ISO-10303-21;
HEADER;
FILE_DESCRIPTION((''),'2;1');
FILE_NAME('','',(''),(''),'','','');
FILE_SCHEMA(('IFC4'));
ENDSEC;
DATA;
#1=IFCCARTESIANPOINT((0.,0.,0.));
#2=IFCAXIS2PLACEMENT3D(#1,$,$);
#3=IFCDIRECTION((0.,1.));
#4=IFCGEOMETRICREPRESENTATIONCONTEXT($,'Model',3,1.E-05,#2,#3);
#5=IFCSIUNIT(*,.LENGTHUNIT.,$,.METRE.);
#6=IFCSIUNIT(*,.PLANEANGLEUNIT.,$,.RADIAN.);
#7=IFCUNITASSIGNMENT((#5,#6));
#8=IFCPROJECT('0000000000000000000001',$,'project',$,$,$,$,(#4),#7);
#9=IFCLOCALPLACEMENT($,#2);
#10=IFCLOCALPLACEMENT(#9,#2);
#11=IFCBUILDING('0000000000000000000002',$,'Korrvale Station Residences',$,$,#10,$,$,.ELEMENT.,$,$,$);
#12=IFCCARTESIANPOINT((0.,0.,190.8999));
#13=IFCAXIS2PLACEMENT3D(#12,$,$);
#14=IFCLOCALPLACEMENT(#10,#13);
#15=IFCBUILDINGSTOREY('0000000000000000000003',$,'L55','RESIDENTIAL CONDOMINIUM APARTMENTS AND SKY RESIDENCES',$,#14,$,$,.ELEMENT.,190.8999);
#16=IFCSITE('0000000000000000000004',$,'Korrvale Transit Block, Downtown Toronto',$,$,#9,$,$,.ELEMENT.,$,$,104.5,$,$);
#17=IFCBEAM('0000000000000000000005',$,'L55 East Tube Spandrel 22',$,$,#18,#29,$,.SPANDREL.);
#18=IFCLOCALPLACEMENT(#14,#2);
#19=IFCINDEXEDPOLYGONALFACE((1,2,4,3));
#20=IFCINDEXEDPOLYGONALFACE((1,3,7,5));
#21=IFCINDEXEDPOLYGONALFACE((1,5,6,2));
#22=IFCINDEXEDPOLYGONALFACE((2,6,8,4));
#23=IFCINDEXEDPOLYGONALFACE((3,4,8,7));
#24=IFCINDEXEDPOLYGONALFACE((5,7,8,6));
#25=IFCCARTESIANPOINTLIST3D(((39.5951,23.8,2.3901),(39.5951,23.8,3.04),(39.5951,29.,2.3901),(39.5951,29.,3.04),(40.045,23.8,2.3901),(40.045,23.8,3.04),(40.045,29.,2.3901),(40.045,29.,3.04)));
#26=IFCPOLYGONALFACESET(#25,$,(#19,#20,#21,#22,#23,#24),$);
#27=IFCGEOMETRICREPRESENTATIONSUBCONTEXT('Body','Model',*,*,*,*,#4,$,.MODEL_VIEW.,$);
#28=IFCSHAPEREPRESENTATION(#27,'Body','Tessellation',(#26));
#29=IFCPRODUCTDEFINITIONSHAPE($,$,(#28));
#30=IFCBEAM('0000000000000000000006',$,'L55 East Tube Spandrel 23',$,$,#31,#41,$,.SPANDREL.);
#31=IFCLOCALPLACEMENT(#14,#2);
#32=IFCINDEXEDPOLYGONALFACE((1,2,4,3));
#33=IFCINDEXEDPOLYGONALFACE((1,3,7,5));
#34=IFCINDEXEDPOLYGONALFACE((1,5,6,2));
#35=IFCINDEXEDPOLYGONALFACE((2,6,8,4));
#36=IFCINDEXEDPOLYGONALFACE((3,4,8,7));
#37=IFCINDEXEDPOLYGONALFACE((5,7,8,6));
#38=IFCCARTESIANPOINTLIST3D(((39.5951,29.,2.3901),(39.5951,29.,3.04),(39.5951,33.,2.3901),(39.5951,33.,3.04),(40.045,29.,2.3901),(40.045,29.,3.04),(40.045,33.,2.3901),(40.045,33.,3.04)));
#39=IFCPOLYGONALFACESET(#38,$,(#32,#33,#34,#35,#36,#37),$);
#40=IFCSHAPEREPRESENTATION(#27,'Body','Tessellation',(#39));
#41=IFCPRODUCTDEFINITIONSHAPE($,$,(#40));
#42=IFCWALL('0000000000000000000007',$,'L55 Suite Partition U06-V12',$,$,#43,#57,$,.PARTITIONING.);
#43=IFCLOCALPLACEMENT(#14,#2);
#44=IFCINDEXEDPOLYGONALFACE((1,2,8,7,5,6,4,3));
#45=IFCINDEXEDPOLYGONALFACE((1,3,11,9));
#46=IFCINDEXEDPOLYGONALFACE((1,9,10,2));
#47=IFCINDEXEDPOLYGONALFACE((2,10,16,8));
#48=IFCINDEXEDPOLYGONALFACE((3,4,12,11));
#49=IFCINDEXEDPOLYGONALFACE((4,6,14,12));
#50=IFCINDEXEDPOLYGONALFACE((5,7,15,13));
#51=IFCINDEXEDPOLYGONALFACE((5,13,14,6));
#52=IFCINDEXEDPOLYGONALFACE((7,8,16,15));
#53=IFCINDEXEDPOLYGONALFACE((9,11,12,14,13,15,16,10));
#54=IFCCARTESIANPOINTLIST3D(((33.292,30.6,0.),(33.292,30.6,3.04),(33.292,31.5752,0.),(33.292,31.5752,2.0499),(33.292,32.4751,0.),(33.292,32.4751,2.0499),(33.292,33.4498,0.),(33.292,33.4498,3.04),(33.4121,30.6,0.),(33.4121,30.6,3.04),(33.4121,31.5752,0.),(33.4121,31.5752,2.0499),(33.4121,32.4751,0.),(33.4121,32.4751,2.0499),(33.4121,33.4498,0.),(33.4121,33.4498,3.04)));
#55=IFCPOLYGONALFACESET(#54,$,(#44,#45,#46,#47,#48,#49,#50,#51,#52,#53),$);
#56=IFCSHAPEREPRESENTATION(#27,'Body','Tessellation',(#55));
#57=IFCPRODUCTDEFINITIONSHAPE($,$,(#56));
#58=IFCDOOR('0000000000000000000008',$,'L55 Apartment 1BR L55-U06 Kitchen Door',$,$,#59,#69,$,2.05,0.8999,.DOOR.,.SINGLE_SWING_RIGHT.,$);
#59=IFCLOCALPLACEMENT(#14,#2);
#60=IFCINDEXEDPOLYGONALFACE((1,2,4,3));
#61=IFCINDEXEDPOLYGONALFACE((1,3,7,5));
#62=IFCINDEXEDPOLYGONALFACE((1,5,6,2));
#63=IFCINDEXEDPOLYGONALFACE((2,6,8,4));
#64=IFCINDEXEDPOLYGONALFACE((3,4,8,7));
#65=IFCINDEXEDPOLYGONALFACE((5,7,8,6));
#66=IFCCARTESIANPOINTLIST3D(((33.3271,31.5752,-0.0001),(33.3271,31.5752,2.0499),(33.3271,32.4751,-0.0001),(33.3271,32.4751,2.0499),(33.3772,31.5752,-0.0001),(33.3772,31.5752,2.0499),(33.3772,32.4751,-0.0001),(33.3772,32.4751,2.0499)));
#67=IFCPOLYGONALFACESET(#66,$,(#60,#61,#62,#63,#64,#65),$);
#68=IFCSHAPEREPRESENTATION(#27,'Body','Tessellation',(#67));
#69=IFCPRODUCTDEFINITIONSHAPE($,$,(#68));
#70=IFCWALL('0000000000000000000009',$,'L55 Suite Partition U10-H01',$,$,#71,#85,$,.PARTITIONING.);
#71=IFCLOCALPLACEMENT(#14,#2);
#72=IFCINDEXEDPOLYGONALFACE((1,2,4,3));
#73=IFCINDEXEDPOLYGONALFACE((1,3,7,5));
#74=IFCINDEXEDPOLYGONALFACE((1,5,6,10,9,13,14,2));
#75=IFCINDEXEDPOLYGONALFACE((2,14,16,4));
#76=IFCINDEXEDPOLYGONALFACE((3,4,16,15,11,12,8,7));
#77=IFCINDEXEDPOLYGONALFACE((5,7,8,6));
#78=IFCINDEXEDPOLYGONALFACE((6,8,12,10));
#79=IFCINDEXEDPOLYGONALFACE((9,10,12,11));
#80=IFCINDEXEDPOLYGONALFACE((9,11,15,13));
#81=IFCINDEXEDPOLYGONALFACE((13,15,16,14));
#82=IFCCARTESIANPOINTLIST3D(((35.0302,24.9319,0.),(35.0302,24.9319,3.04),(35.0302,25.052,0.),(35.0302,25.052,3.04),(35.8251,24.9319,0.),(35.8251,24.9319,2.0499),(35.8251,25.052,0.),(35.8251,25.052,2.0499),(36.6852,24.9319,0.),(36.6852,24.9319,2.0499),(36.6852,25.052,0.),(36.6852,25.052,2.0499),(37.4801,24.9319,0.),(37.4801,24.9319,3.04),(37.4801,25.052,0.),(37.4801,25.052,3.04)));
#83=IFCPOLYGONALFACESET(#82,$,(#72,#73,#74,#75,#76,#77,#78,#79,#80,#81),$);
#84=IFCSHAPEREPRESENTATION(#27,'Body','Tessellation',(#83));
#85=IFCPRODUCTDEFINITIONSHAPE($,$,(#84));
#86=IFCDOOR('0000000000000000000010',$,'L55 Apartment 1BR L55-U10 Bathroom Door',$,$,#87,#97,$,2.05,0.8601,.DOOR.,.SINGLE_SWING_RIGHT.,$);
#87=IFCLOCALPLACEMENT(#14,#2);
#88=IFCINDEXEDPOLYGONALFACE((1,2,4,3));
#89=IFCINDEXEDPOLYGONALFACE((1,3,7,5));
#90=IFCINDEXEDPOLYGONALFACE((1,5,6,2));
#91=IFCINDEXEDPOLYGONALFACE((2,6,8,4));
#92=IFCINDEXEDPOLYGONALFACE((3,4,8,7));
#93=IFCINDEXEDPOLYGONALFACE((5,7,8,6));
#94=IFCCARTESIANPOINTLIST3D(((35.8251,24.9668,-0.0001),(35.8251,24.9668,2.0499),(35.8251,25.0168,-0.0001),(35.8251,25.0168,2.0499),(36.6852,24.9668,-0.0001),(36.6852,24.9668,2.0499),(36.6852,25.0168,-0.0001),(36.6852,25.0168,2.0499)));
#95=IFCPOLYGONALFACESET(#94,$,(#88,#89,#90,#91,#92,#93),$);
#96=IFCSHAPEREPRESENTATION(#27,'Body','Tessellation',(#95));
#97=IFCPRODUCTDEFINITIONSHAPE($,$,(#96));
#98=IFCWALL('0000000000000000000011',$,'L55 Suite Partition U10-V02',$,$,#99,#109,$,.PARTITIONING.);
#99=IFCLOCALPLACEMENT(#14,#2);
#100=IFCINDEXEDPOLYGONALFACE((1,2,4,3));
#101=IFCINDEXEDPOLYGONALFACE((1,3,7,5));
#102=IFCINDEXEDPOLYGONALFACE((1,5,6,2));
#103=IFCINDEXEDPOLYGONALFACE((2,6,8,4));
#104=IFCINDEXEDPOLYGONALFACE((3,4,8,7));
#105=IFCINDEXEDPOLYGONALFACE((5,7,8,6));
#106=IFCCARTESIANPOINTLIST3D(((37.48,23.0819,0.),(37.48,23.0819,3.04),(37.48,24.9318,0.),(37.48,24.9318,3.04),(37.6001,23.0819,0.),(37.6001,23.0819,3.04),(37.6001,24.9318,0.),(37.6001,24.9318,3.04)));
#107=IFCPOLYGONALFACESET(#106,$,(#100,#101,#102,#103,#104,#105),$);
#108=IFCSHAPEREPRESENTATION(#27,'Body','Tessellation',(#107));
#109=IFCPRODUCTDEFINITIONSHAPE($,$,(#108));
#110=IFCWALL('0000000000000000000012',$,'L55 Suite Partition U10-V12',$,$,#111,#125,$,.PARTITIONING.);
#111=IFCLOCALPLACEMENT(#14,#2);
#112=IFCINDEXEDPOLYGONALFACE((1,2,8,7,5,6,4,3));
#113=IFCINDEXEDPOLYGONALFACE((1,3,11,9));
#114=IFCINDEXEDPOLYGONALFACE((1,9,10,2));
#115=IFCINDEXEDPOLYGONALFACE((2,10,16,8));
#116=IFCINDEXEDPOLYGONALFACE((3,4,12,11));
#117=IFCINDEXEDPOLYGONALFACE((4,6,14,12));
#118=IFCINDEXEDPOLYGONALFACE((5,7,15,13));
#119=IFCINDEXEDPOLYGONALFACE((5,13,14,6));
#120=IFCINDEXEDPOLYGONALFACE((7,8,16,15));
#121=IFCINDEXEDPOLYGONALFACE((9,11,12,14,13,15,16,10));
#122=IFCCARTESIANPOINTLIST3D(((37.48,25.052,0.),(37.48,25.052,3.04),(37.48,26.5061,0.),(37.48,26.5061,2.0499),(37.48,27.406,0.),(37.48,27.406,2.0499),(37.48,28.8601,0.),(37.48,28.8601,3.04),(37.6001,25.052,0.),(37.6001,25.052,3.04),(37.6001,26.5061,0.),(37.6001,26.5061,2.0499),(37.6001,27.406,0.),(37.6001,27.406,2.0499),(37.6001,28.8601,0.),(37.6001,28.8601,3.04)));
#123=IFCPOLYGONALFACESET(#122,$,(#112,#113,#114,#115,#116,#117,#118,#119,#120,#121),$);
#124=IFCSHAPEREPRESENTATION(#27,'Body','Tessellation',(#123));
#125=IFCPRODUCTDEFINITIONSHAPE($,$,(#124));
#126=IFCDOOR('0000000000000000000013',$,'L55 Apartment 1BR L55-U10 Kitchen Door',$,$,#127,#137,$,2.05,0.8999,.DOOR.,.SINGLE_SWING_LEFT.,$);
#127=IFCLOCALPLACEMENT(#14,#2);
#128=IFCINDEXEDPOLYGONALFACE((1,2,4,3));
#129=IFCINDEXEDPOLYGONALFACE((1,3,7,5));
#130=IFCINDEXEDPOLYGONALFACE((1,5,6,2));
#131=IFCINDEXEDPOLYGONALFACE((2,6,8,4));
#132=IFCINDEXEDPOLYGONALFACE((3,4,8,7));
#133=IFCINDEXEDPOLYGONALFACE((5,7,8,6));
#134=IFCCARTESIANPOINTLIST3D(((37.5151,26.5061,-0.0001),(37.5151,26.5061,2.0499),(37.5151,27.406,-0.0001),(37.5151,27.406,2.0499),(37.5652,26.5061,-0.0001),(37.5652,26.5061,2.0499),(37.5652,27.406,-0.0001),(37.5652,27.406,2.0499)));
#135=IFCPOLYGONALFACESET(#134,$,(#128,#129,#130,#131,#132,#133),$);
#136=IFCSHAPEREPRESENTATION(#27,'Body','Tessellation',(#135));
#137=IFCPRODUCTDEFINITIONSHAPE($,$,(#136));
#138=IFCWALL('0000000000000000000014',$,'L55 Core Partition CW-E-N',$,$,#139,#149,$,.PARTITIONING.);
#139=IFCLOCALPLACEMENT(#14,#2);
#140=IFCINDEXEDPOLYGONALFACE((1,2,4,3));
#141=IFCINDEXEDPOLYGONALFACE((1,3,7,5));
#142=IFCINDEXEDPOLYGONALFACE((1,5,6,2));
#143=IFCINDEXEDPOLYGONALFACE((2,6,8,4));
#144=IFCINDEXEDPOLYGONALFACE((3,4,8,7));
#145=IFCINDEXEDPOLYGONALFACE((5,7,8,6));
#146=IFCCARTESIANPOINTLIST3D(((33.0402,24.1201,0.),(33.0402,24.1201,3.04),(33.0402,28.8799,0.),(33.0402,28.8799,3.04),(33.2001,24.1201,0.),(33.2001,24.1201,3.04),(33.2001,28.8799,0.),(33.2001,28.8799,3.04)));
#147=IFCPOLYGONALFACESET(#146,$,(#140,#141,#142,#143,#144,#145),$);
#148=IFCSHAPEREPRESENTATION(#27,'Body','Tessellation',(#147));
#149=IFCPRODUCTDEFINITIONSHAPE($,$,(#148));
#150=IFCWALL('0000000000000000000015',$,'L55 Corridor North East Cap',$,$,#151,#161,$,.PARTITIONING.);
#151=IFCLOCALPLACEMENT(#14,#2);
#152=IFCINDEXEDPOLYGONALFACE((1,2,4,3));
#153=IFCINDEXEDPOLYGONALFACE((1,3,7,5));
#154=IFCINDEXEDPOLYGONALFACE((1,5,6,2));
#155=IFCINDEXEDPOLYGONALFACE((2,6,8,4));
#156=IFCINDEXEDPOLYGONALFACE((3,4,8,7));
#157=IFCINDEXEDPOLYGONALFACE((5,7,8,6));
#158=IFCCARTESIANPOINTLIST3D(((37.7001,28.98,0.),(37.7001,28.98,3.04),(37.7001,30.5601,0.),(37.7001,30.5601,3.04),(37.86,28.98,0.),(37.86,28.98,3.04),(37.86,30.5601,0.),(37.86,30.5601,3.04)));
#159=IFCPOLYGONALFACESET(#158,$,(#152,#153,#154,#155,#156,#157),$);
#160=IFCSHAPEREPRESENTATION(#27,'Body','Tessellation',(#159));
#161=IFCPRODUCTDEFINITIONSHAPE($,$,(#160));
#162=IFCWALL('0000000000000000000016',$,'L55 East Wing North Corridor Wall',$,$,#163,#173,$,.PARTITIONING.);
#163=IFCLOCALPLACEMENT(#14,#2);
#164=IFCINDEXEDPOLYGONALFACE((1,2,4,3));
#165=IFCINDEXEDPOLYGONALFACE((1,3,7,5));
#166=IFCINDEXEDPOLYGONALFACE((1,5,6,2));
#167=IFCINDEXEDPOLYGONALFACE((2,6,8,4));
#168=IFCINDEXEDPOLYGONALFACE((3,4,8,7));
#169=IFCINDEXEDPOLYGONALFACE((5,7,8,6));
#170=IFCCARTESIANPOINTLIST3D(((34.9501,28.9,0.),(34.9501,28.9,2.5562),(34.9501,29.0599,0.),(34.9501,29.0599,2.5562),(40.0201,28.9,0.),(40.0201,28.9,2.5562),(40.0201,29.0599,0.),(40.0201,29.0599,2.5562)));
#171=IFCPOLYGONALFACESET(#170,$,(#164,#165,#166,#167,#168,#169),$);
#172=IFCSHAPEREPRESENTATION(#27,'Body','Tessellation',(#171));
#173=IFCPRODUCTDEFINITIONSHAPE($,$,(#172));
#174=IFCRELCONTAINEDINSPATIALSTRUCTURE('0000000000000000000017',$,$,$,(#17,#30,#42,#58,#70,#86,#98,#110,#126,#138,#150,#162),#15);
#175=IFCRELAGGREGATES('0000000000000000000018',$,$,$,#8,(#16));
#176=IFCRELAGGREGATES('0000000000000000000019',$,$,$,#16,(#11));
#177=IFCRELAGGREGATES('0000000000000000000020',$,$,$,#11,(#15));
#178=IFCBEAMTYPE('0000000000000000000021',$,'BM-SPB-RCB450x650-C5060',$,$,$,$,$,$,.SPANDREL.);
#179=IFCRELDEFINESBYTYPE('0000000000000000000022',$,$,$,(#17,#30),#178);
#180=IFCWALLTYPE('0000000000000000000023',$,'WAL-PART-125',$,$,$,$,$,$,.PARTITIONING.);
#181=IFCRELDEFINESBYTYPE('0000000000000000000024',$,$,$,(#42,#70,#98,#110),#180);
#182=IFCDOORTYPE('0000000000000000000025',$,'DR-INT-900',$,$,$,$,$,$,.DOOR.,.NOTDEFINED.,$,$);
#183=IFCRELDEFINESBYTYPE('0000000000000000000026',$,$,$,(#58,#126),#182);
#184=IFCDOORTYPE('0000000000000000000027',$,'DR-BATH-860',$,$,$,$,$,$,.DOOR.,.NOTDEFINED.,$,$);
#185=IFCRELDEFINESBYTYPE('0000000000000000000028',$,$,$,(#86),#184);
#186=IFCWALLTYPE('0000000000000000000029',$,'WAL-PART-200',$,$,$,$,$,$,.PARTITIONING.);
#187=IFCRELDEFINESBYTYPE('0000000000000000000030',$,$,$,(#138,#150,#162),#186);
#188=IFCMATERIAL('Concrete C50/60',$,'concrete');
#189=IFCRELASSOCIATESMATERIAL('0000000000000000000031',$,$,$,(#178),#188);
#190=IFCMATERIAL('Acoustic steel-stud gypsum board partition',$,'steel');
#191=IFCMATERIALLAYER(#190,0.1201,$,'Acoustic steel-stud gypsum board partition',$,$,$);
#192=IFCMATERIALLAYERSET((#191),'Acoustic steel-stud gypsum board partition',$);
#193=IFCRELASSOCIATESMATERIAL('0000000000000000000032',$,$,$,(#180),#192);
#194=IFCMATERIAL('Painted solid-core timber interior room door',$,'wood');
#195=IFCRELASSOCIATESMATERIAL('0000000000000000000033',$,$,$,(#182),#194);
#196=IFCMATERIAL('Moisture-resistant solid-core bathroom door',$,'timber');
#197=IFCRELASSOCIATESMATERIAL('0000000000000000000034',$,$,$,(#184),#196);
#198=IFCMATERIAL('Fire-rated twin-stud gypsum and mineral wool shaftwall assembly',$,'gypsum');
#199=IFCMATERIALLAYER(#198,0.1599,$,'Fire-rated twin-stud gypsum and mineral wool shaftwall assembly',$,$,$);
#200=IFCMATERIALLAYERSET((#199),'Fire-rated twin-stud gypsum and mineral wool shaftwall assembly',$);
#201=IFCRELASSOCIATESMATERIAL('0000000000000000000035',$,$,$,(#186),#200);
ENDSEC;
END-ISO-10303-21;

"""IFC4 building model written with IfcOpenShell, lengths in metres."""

from ifc_helpers import new_model, si_unit, direction, frame, frame_2d, origin, origin_2d, place, context, subcontext, project, spatial, rectangle, extrude, material, layer, layer_set, material_profile, profile_set, type_object, element, fill, save


model = new_model("IFC4")

# Units and contexts
model_context = context("Model", 3, precision=1e-05, world=origin(), true_north=direction((0.0, 1.0)))
body_context = subcontext(model_context, "Body", "Model", "MODEL_VIEW")
ifc_project = project(units=[si_unit("LENGTHUNIT", "METRE"), si_unit("PLANEANGLEUNIT", "RADIAN")], contexts=[model_context])

# Site, building, storey
site_placement = place(None, origin())
site = spatial("IfcSite", under=ifc_project, at=site_placement, Name="Korrvale Transit Block, Downtown Toronto", CompositionType="ELEMENT", RefElevation=104.5)
building_placement = place(site_placement, origin())
building = spatial("IfcBuilding", under=site, at=building_placement, Name="Korrvale Station Residences", CompositionType="ELEMENT")
storey_placement = place(building_placement, frame((0.0, 0.0, 190.8999)))
storey = spatial("IfcBuildingStorey", under=building, at=storey_placement, Name="L55", Description="RESIDENTIAL CONDOMINIUM APARTMENTS AND SKY RESIDENCES", CompositionType="ELEMENT", Elevation=190.8999)

# Shared definitions
ifc_material_1 = material(Name="Concrete C50/60", Category="concrete")

# Beams
ifc_material_profile_1 = material_profile(ifc_material_1, rectangle(XDim=0.45, YDim=0.6499, at=origin_2d()), Name="RCB450x650")
ifc_profile_set_1 = profile_set([ifc_material_profile_1], Name="Concrete C50/60")
beam_type_1 = type_object("IfcBeamType", Name="BM-SPB-RCB450x650-C5060", PredefinedType="SPANDREL", material=ifc_profile_set_1)
beam_1_placement = place(storey_placement, frame((39.8201, 23.8, 2.7151), z_axis=(0.0, 1.0, 0.0), x_axis=(-1.0, 0.0, 0.0)))
element("IfcBeam", 1, at=beam_1_placement, inside=storey, type_object=beam_type_1, Name="L55 East Tube Spandrel 22", PredefinedType="SPANDREL", context=body_context, shape_type="SweptSolid", body=[
    extrude(rectangle(XDim=0.45, YDim=0.6499, at=origin_2d()), origin(), (0.0, 0.0, 1.0), 5.2),
])
beam_2_placement = place(storey_placement, frame((39.8201, 29.0, 2.7151), z_axis=(0.0, 1.0, 0.0), x_axis=(-1.0, 0.0, 0.0)))
element("IfcBeam", 2, at=beam_2_placement, inside=storey, type_object=beam_type_1, Name="L55 East Tube Spandrel 23", PredefinedType="SPANDREL", context=body_context, shape_type="SweptSolid", body=[
    extrude(rectangle(XDim=0.45, YDim=0.6499, at=origin_2d()), origin(), (0.0, 0.0, 1.0), 4.0),
])

# Walls, openings, doors
ifc_material_2 = material(Name="Acoustic steel-stud gypsum board partition", Category="steel")
ifc_layer_1 = layer(ifc_material_2, 0.1201, Name="Acoustic steel-stud gypsum board partition")
ifc_layer_set_1 = layer_set([ifc_layer_1], Name="Acoustic steel-stud gypsum board partition")
wall_type_1 = type_object("IfcWallType", Name="WAL-PART-125", PredefinedType="PARTITIONING", material=ifc_layer_set_1)
wall_1_placement = place(storey_placement, frame((33.3521, 30.6001, 0.0), z_axis=(0.0, 0.0, 1.0), x_axis=(0.0, 1.0, 0.0)))
wall_1 = element("IfcWall", 3, at=wall_1_placement, inside=storey, type_object=wall_type_1, Name="L55 Suite Partition U06-V12", PredefinedType="PARTITIONING", context=body_context, shape_type="SweptSolid", body=[
    extrude(rectangle(XDim=2.8499, YDim=0.1201, at=frame_2d((1.4248, 0.0))), origin(), (0.0, 0.0, 1.0), 3.04),
])
opening_1_placement = place(wall_1_placement, frame((0.9751, 0.0, 0.0)))
opening_1 = element("IfcOpeningElement", 4, at=opening_1_placement, cuts=wall_1, PredefinedType="OPENING", context=body_context, shape_type="SweptSolid", body=[
    extrude(rectangle(XDim=0.8999, YDim=2.05, at=frame_2d((0.45, 1.0249))), frame((0.0, 0.0701, 0.0), z_axis=(0.0, -1.0, 0.0), x_axis=(1.0, 0.0, 0.0)), (0.0, 0.0, 1.0), 0.1401),
])
ifc_material_3 = material(Name="Painted solid-core timber interior room door", Category="wood")
door_type_1 = type_object("IfcDoorType", Name="DR-INT-900", OperationType="NOTDEFINED", PredefinedType="DOOR", material=ifc_material_3)
door_1_placement = place(opening_1_placement, origin())
door_1 = element("IfcDoor", 5, at=door_1_placement, inside=storey, type_object=door_type_1, Name="L55 Apartment 1BR L55-U06 Kitchen Door", OperationType="SINGLE_SWING_RIGHT", OverallHeight=2.05, OverallWidth=0.8999, PredefinedType="DOOR", context=body_context, shape_type="SweptSolid", body=[
    extrude(rectangle(XDim=0.8999, YDim=2.05, at=frame_2d((0.45, 1.0249))), frame((0.0, 0.0249, 0.0), z_axis=(0.0, -1.0, 0.0), x_axis=(1.0, 0.0, 0.0)), (0.0, 0.0, 1.0), 0.05),
])
fill(opening_1, door_1)
wall_2_placement = place(storey_placement, frame((35.03, 24.9919, 0.0), z_axis=(0.0, 0.0, 1.0), x_axis=(1.0, 0.0, 0.0)))
wall_2 = element("IfcWall", 6, at=wall_2_placement, inside=storey, type_object=wall_type_1, Name="L55 Suite Partition U10-H01", PredefinedType="PARTITIONING", context=body_context, shape_type="SweptSolid", body=[
    extrude(rectangle(XDim=2.45, YDim=0.1201, at=frame_2d((1.2251, 0.0))), origin(), (0.0, 0.0, 1.0), 3.04),
])
opening_2_placement = place(wall_2_placement, frame((0.7949, 0.0, 0.0)))
opening_2 = element("IfcOpeningElement", 7, at=opening_2_placement, cuts=wall_2, PredefinedType="OPENING", context=body_context, shape_type="SweptSolid", body=[
    extrude(rectangle(XDim=0.8601, YDim=2.05, at=frame_2d((0.4302, 1.0249))), frame((0.0, 0.0701, 0.0), z_axis=(0.0, -1.0, 0.0), x_axis=(1.0, 0.0, 0.0)), (0.0, 0.0, 1.0), 0.1401),
])
ifc_material_4 = material(Name="Moisture-resistant solid-core bathroom door", Category="timber")
door_type_2 = type_object("IfcDoorType", Name="DR-BATH-860", OperationType="NOTDEFINED", PredefinedType="DOOR", material=ifc_material_4)
door_2_placement = place(opening_2_placement, origin())
door_2 = element("IfcDoor", 8, at=door_2_placement, inside=storey, type_object=door_type_2, Name="L55 Apartment 1BR L55-U10 Bathroom Door", OperationType="SINGLE_SWING_RIGHT", OverallHeight=2.05, OverallWidth=0.8601, PredefinedType="DOOR", context=body_context, shape_type="SweptSolid", body=[
    extrude(rectangle(XDim=0.8601, YDim=2.05, at=frame_2d((0.4302, 1.0249))), frame((0.0, 0.0249, 0.0), z_axis=(0.0, -1.0, 0.0), x_axis=(1.0, 0.0, 0.0)), (0.0, 0.0, 1.0), 0.05),
])
fill(opening_2, door_2)

# Wall
wall_3_placement = place(storey_placement, frame((37.54, 23.082, 0.0), z_axis=(0.0, 0.0, 1.0), x_axis=(0.0, 1.0, 0.0)))
element("IfcWall", 9, at=wall_3_placement, inside=storey, type_object=wall_type_1, Name="L55 Suite Partition U10-V02", PredefinedType="PARTITIONING", context=body_context, shape_type="SweptSolid", body=[
    extrude(rectangle(XDim=1.8499, YDim=0.1201, at=frame_2d((0.9248, 0.0))), origin(), (0.0, 0.0, 1.0), 3.04),
])

# Wall, opening, door
wall_4_placement = place(storey_placement, frame((37.54, 25.052, 0.0), z_axis=(0.0, 0.0, 1.0), x_axis=(0.0, 1.0, 0.0)))
wall_4 = element("IfcWall", 10, at=wall_4_placement, inside=storey, type_object=wall_type_1, Name="L55 Suite Partition U10-V12", PredefinedType="PARTITIONING", context=body_context, shape_type="SweptSolid", body=[
    extrude(rectangle(XDim=3.8081, YDim=0.1201, at=frame_2d((1.9041, 0.0))), origin(), (0.0, 0.0, 1.0), 3.04),
])
opening_3_placement = place(wall_4_placement, frame((1.4541, 0.0, 0.0)))
opening_3 = element("IfcOpeningElement", 11, at=opening_3_placement, cuts=wall_4, PredefinedType="OPENING", context=body_context, shape_type="SweptSolid", body=[
    extrude(rectangle(XDim=0.8999, YDim=2.05, at=frame_2d((0.45, 1.0249))), frame((0.0, 0.0701, 0.0), z_axis=(0.0, -1.0, 0.0), x_axis=(1.0, 0.0, 0.0)), (0.0, 0.0, 1.0), 0.1401),
])
door_3_placement = place(opening_3_placement, origin())
door_3 = element("IfcDoor", 12, at=door_3_placement, inside=storey, type_object=door_type_1, Name="L55 Apartment 1BR L55-U10 Kitchen Door", OperationType="SINGLE_SWING_LEFT", OverallHeight=2.05, OverallWidth=0.8999, PredefinedType="DOOR", context=body_context, shape_type="SweptSolid", body=[
    extrude(rectangle(XDim=0.8999, YDim=2.05, at=frame_2d((0.45, 1.0249))), frame((0.0, 0.0249, 0.0), z_axis=(0.0, -1.0, 0.0), x_axis=(1.0, 0.0, 0.0)), (0.0, 0.0, 1.0), 0.05),
])
fill(opening_3, door_3)

# Walls
ifc_material_5 = material(Name="Fire-rated twin-stud gypsum and mineral wool shaftwall assembly", Category="gypsum")
ifc_layer_2 = layer(ifc_material_5, 0.1599, Name="Fire-rated twin-stud gypsum and mineral wool shaftwall assembly")
ifc_layer_set_2 = layer_set([ifc_layer_2], Name="Fire-rated twin-stud gypsum and mineral wool shaftwall assembly")
wall_type_2 = type_object("IfcWallType", Name="WAL-PART-200", PredefinedType="PARTITIONING", material=ifc_layer_set_2)
wall_5_placement = place(storey_placement, frame((33.1201, 24.1201, 0.0), z_axis=(0.0, 0.0, 1.0), x_axis=(0.0, 1.0, 0.0)))
element("IfcWall", 13, at=wall_5_placement, inside=storey, type_object=wall_type_2, Name="L55 Core Partition CW-E-N", PredefinedType="PARTITIONING", context=body_context, shape_type="SweptSolid", body=[
    extrude(rectangle(XDim=4.7598, YDim=0.1599, at=frame_2d((2.3799, 0.0))), origin(), (0.0, 0.0, 1.0), 3.04),
])
wall_6_placement = place(storey_placement, frame((37.78, 28.98, 0.0), z_axis=(0.0, 0.0, 1.0), x_axis=(0.0, 1.0, 0.0)))
element("IfcWall", 14, at=wall_6_placement, inside=storey, type_object=wall_type_2, Name="L55 Corridor North East Cap", PredefinedType="PARTITIONING", context=body_context, shape_type="SweptSolid", body=[
    extrude(rectangle(XDim=1.5801, YDim=0.1599, at=frame_2d((0.79, 0.0))), origin(), (0.0, 0.0, 1.0), 3.04),
])
wall_7_placement = place(storey_placement, frame((34.95, 28.98, 0.0), z_axis=(0.0, 0.0, 1.0), x_axis=(1.0, 0.0, 0.0)))
element("IfcWall", 15, at=wall_7_placement, inside=storey, type_object=wall_type_2, Name="L55 East Wing North Corridor Wall", PredefinedType="PARTITIONING", context=body_context, shape_type="SweptSolid", body=[
    extrude(rectangle(XDim=5.0701, YDim=0.1599, at=frame_2d((2.5352, 0.0))), origin(), (0.0, 0.0, 1.0), 2.5562),
])

save(model, "model.ifc")
